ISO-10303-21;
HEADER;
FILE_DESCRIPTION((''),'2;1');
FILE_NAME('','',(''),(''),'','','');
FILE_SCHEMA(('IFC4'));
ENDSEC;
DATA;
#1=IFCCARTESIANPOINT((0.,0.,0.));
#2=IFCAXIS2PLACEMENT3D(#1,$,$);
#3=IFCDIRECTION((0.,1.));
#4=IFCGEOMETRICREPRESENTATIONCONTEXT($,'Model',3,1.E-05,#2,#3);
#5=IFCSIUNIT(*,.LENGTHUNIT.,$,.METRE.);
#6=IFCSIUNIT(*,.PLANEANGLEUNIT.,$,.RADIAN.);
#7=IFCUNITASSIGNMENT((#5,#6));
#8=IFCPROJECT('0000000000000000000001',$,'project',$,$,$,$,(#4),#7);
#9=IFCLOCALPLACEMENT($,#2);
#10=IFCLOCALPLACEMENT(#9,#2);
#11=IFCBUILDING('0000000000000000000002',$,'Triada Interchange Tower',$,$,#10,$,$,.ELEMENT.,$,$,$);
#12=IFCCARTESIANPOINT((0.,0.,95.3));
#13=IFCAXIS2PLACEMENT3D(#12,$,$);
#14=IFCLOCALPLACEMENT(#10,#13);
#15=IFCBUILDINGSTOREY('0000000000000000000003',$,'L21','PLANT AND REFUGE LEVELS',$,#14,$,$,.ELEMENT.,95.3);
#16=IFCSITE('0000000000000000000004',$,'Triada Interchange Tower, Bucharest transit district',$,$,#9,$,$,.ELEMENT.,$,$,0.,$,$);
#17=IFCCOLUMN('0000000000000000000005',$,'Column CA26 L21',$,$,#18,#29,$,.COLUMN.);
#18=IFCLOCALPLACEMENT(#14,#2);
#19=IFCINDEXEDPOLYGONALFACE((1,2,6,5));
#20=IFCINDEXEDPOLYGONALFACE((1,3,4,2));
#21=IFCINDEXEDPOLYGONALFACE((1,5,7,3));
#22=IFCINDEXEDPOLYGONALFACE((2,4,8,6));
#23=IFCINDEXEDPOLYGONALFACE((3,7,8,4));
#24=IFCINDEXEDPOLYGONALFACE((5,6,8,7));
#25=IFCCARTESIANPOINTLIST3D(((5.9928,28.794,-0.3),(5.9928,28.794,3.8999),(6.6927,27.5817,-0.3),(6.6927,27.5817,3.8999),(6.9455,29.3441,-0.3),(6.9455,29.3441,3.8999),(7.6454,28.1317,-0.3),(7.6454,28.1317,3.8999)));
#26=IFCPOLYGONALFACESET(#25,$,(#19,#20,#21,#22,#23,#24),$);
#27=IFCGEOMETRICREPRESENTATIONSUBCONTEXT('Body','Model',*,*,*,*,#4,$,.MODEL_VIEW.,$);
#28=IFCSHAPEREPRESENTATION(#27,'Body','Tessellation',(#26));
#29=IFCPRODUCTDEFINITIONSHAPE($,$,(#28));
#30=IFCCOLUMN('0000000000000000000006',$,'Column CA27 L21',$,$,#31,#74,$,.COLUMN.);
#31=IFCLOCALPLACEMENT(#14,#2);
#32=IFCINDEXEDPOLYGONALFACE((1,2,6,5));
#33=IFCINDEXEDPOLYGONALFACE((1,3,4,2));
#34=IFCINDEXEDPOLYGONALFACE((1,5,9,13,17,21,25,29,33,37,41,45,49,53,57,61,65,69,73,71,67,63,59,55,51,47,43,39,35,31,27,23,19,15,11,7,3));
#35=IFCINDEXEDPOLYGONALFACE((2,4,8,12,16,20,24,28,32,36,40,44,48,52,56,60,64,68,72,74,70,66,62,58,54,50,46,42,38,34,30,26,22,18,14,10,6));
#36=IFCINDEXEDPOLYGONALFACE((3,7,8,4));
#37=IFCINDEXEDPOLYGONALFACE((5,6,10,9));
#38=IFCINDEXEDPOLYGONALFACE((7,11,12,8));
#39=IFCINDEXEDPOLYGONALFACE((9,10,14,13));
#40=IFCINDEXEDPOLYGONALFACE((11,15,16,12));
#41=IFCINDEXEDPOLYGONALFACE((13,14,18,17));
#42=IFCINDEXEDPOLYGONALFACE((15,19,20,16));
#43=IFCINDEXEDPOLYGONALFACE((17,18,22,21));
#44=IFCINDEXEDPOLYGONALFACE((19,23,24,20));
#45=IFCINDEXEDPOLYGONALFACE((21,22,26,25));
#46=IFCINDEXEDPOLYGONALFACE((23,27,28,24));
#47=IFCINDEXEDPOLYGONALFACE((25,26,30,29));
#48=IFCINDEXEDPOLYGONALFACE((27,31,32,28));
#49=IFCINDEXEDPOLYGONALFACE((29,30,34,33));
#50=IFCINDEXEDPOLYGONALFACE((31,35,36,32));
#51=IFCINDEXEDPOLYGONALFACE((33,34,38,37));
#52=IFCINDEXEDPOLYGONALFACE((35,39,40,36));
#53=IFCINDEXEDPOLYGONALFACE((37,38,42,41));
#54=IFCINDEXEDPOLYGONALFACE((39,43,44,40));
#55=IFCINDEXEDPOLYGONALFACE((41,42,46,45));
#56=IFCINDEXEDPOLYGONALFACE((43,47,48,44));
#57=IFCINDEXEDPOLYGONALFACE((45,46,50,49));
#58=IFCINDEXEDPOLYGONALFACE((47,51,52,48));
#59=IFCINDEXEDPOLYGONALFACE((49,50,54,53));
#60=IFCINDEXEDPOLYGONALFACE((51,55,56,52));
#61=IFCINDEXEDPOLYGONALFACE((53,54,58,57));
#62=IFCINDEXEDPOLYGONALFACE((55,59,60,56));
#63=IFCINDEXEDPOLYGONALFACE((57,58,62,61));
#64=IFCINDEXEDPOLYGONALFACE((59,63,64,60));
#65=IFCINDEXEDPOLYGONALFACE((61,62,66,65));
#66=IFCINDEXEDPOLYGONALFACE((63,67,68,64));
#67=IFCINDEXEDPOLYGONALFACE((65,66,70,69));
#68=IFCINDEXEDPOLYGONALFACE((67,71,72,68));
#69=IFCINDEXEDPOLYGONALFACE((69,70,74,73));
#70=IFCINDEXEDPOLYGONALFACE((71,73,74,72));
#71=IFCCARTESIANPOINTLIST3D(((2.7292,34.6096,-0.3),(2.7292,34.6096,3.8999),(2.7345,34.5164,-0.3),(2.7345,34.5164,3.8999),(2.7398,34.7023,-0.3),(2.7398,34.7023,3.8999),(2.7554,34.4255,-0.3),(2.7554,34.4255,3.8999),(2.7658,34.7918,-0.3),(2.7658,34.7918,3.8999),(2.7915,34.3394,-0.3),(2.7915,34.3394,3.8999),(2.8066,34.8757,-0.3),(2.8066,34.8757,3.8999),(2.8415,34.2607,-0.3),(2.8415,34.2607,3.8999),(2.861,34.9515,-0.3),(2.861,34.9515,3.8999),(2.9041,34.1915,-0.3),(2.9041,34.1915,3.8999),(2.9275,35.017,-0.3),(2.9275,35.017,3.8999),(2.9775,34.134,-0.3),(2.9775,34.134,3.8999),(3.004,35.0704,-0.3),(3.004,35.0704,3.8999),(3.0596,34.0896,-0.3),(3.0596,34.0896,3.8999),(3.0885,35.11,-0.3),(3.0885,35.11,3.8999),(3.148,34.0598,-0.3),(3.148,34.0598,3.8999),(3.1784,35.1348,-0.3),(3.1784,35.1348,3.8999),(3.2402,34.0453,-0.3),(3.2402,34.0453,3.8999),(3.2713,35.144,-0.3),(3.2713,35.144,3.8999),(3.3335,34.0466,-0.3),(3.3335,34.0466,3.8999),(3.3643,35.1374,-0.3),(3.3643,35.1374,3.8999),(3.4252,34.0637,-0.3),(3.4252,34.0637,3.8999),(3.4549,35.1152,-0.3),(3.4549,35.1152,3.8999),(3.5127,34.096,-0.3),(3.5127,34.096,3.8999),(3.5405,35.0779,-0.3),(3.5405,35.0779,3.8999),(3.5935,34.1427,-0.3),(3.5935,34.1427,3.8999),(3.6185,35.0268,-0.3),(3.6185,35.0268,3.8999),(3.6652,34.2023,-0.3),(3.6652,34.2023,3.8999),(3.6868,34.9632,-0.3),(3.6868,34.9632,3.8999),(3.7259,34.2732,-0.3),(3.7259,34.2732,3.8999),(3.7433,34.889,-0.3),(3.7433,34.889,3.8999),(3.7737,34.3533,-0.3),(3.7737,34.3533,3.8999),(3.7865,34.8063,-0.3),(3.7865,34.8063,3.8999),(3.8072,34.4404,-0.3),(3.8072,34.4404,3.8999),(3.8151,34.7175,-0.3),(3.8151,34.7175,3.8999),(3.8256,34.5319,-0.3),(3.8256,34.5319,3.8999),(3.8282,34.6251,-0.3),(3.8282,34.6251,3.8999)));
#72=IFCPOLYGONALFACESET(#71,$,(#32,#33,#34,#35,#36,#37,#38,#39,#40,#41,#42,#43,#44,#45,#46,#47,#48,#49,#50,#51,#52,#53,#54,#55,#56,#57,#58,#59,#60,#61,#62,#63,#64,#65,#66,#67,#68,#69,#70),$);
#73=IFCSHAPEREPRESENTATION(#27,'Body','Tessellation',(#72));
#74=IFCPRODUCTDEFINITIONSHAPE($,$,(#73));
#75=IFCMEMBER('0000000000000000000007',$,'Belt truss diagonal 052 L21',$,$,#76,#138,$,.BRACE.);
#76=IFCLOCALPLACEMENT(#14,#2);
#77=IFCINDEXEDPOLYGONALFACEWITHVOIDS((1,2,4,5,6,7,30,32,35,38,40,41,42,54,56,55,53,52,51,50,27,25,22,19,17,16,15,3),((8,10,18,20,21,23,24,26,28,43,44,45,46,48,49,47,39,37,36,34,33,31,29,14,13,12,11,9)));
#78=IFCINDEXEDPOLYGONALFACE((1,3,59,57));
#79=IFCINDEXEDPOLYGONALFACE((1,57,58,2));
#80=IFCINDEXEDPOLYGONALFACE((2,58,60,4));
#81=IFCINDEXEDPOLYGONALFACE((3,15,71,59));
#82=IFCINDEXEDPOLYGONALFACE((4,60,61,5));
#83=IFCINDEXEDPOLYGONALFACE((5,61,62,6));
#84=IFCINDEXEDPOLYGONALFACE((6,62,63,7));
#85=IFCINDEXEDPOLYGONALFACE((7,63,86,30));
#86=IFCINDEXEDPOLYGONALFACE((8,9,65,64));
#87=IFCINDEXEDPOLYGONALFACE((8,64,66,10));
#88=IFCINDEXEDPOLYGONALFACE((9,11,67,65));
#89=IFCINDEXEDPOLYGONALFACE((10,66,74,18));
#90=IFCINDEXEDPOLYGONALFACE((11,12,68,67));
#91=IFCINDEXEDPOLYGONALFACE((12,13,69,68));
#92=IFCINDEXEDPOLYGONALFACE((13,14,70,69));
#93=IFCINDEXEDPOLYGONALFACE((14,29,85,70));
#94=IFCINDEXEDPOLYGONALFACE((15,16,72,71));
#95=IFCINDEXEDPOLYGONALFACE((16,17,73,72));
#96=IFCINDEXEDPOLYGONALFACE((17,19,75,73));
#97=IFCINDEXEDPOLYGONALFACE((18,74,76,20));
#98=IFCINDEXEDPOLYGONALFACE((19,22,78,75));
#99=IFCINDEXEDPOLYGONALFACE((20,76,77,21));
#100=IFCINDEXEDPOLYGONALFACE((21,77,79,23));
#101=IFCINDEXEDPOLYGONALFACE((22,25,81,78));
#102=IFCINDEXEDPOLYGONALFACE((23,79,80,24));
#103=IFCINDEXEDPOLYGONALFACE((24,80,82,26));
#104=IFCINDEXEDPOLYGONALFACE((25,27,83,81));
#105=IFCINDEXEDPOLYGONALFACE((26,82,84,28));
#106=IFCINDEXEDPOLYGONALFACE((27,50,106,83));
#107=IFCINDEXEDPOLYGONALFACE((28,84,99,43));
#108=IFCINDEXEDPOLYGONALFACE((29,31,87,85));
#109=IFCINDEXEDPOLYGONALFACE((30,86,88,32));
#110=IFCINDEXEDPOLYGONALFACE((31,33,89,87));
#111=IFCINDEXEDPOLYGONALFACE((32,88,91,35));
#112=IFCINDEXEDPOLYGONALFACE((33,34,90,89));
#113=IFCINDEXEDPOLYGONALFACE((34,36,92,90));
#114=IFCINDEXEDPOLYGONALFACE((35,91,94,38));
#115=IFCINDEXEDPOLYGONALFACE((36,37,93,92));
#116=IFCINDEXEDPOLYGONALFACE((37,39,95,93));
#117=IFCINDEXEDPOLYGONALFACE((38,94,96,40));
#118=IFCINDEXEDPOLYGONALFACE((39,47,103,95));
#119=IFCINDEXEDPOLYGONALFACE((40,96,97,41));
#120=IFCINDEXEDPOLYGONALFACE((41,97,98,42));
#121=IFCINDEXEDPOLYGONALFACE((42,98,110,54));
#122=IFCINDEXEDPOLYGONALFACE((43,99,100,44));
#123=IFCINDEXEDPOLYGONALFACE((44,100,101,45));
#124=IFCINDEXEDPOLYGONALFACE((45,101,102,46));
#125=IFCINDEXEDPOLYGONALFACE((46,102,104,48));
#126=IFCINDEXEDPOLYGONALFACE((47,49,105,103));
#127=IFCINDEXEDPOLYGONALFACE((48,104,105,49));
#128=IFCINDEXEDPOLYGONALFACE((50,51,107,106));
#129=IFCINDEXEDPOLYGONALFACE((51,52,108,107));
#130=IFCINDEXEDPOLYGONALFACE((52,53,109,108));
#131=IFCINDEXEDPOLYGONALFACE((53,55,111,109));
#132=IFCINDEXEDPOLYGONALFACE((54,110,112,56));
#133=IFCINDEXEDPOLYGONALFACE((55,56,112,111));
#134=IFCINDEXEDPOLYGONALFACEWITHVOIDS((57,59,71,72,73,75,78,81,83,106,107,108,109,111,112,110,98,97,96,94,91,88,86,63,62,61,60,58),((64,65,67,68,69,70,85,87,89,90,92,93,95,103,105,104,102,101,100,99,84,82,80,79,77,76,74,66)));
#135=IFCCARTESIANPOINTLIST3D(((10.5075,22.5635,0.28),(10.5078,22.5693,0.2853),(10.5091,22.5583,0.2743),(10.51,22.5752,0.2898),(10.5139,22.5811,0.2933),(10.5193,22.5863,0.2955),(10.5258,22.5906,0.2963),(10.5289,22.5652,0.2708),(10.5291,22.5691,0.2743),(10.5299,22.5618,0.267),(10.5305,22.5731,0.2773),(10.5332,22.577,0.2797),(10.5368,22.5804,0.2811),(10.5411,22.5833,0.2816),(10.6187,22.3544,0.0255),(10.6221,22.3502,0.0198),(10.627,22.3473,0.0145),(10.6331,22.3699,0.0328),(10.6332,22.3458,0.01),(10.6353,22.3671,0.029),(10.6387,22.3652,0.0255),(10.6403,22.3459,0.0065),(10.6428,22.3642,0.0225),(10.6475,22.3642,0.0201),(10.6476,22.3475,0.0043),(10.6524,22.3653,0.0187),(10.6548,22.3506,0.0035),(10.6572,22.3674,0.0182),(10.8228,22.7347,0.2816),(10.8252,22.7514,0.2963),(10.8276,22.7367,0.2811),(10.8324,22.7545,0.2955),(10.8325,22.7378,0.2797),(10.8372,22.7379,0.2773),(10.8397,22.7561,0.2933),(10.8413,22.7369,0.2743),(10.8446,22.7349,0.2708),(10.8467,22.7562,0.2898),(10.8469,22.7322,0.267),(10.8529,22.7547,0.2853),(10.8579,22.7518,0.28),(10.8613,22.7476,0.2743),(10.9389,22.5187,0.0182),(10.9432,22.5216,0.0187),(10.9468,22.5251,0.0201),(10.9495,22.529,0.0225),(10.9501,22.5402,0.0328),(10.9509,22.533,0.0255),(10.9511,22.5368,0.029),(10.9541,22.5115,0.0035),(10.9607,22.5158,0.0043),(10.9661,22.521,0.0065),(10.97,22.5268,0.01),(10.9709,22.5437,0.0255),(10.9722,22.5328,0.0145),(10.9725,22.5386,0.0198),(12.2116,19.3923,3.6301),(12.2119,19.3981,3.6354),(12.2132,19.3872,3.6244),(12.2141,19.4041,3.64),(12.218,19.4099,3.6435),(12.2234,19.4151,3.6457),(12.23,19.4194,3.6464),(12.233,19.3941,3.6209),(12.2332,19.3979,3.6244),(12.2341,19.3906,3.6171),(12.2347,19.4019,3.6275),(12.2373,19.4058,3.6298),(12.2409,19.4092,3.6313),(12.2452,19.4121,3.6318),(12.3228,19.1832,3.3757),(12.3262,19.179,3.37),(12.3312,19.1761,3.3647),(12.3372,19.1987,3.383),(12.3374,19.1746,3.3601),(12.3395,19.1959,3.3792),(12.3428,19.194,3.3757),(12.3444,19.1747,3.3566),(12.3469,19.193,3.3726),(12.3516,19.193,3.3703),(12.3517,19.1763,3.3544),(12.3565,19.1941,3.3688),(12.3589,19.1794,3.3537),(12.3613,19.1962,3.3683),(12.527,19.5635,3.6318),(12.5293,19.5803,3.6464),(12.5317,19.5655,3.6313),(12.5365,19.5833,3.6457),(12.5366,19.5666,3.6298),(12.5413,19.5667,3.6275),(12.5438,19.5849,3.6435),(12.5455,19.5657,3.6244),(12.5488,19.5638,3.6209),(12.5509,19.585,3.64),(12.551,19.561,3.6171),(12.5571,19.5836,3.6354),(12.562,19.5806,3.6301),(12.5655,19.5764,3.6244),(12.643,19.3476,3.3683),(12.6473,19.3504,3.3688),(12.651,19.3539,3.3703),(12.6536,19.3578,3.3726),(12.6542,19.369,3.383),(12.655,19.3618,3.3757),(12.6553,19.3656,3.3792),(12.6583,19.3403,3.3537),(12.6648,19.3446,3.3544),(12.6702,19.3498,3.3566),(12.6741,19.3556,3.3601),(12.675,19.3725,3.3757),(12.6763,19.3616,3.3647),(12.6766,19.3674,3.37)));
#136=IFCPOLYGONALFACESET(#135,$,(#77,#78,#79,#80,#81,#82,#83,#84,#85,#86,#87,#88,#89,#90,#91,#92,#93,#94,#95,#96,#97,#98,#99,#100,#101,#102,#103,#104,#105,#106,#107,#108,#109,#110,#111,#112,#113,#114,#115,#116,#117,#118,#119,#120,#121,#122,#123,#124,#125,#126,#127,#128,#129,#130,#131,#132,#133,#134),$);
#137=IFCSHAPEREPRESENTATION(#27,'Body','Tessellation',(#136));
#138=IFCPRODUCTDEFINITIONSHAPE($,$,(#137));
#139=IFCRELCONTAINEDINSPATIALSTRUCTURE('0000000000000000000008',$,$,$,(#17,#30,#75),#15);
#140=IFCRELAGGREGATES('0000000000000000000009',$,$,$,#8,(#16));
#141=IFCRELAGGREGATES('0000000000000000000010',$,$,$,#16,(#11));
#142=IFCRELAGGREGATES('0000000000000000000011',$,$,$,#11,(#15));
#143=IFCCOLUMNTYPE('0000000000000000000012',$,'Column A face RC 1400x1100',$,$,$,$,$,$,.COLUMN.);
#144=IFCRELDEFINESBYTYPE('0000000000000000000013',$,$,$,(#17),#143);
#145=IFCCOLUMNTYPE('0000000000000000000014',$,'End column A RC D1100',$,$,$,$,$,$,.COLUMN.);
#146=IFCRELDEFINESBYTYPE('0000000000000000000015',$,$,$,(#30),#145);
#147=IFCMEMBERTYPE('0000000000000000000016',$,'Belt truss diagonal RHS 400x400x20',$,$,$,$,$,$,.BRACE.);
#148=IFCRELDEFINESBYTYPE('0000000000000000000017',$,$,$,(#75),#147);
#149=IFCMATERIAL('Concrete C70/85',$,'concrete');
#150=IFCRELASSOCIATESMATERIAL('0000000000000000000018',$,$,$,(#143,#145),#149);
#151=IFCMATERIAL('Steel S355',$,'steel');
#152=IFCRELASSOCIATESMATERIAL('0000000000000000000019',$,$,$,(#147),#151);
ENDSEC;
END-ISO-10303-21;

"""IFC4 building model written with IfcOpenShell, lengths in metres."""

from ifc_helpers import new_model, si_unit, direction, frame, origin, origin_2d, place, context, subcontext, project, spatial, rectangle, hollow_rectangle, circle, extrude, material, material_profile, profile_set, type_object, element, save


model = new_model("IFC4")

# Units and contexts
model_context = context("Model", 3, precision=1e-05, world=origin(), true_north=direction((0.0, 1.0)))
body_context = subcontext(model_context, "Body", "Model", "MODEL_VIEW")
ifc_project = project(units=[si_unit("LENGTHUNIT", "METRE"), si_unit("PLANEANGLEUNIT", "RADIAN")], contexts=[model_context])

# Site, building, storey
site_placement = place(None, origin())
site = spatial("IfcSite", under=ifc_project, at=site_placement, Name="Triada Interchange Tower, Bucharest transit district", CompositionType="ELEMENT", RefElevation=0.0)
building_placement = place(site_placement, origin())
building = spatial("IfcBuilding", under=site, at=building_placement, Name="Triada Interchange Tower", CompositionType="ELEMENT")
storey_placement = place(building_placement, frame((0.0, 0.0, 95.3)))
storey = spatial("IfcBuildingStorey", under=building, at=storey_placement, Name="L21", Description="PLANT AND REFUGE LEVELS", CompositionType="ELEMENT", Elevation=95.3)

# Columns
ifc_material_1 = material(Name="Concrete C70/85", Category="concrete")
ifc_material_profile_1 = material_profile(ifc_material_1, rectangle(XDim=1.3999, YDim=1.1001, at=origin_2d()), Name="RC 1400x1100")
ifc_profile_set_1 = profile_set([ifc_material_profile_1], Name="Concrete C70/85")
column_type_1 = type_object("IfcColumnType", Name="Column A face RC 1400x1100", PredefinedType="COLUMN", material=ifc_profile_set_1)
column_1_placement = place(storey_placement, frame((6.8191, 28.4629, -0.3), z_axis=(0.0, 0.0, 1.0), x_axis=(-0.5, 0.866025, 0.0)))
element("IfcColumn", 1, at=column_1_placement, inside=storey, type_object=column_type_1, Name="Column CA26 L21", PredefinedType="COLUMN", context=body_context, shape_type="SweptSolid", body=[
    extrude(rectangle(XDim=1.3999, YDim=1.1001, at=origin_2d()), origin(), (0.0, 0.0, 1.0), 4.2),
])
ifc_material_profile_2 = material_profile(ifc_material_1, circle(Radius=0.55, at=origin_2d()), Name="RC D1100")
ifc_profile_set_2 = profile_set([ifc_material_profile_2], Name="Concrete C70/85")
column_type_2 = type_object("IfcColumnType", Name="End column A RC D1100", PredefinedType="COLUMN", material=ifc_profile_set_2)
column_2_placement = place(storey_placement, frame((3.2791, 34.594, -0.3), z_axis=(0.0, 0.0, 1.0), x_axis=(-0.5, 0.866025, 0.0)))
element("IfcColumn", 2, at=column_2_placement, inside=storey, type_object=column_type_2, Name="Column CA27 L21", PredefinedType="COLUMN", context=body_context, shape_type="SweptSolid", body=[
    extrude(circle(Radius=0.55, at=origin_2d()), origin(), (0.0, 0.0, 1.0), 4.2),
])

# Member
ifc_material_2 = material(Name="Steel S355", Category="steel")
ifc_material_profile_3 = material_profile(ifc_material_2, hollow_rectangle(XDim=0.3999, YDim=0.3999, WallThickness=0.02, InnerFilletRadius=0.02, OuterFilletRadius=0.03, at=origin_2d()), Name="RHS 400x400x20")
ifc_profile_set_3 = profile_set([ifc_material_profile_3], Name="Steel S355")
member_type_1 = type_object("IfcMemberType", Name="Belt truss diagonal RHS 400x400x20", PredefinedType="BRACE", material=ifc_profile_set_3)
member_1_placement = place(storey_placement, frame((10.74, 22.551, 0.1499), z_axis=(0.346528, -0.644849, 0.68124), x_axis=(0.880869, 0.47336, 0.0)))
element("IfcMember", 3, at=member_1_placement, inside=storey, type_object=member_type_1, Name="Belt truss diagonal 052 L21", PredefinedType="BRACE", context=body_context, shape_type="SweptSolid", body=[
    extrude(hollow_rectangle(XDim=0.3999, YDim=0.3999, WallThickness=0.02, InnerFilletRadius=0.02, OuterFilletRadius=0.03, at=origin_2d()), origin(), (0.0, 0.0, 1.0), 4.9177),
])

save(model, "model.ifc")
